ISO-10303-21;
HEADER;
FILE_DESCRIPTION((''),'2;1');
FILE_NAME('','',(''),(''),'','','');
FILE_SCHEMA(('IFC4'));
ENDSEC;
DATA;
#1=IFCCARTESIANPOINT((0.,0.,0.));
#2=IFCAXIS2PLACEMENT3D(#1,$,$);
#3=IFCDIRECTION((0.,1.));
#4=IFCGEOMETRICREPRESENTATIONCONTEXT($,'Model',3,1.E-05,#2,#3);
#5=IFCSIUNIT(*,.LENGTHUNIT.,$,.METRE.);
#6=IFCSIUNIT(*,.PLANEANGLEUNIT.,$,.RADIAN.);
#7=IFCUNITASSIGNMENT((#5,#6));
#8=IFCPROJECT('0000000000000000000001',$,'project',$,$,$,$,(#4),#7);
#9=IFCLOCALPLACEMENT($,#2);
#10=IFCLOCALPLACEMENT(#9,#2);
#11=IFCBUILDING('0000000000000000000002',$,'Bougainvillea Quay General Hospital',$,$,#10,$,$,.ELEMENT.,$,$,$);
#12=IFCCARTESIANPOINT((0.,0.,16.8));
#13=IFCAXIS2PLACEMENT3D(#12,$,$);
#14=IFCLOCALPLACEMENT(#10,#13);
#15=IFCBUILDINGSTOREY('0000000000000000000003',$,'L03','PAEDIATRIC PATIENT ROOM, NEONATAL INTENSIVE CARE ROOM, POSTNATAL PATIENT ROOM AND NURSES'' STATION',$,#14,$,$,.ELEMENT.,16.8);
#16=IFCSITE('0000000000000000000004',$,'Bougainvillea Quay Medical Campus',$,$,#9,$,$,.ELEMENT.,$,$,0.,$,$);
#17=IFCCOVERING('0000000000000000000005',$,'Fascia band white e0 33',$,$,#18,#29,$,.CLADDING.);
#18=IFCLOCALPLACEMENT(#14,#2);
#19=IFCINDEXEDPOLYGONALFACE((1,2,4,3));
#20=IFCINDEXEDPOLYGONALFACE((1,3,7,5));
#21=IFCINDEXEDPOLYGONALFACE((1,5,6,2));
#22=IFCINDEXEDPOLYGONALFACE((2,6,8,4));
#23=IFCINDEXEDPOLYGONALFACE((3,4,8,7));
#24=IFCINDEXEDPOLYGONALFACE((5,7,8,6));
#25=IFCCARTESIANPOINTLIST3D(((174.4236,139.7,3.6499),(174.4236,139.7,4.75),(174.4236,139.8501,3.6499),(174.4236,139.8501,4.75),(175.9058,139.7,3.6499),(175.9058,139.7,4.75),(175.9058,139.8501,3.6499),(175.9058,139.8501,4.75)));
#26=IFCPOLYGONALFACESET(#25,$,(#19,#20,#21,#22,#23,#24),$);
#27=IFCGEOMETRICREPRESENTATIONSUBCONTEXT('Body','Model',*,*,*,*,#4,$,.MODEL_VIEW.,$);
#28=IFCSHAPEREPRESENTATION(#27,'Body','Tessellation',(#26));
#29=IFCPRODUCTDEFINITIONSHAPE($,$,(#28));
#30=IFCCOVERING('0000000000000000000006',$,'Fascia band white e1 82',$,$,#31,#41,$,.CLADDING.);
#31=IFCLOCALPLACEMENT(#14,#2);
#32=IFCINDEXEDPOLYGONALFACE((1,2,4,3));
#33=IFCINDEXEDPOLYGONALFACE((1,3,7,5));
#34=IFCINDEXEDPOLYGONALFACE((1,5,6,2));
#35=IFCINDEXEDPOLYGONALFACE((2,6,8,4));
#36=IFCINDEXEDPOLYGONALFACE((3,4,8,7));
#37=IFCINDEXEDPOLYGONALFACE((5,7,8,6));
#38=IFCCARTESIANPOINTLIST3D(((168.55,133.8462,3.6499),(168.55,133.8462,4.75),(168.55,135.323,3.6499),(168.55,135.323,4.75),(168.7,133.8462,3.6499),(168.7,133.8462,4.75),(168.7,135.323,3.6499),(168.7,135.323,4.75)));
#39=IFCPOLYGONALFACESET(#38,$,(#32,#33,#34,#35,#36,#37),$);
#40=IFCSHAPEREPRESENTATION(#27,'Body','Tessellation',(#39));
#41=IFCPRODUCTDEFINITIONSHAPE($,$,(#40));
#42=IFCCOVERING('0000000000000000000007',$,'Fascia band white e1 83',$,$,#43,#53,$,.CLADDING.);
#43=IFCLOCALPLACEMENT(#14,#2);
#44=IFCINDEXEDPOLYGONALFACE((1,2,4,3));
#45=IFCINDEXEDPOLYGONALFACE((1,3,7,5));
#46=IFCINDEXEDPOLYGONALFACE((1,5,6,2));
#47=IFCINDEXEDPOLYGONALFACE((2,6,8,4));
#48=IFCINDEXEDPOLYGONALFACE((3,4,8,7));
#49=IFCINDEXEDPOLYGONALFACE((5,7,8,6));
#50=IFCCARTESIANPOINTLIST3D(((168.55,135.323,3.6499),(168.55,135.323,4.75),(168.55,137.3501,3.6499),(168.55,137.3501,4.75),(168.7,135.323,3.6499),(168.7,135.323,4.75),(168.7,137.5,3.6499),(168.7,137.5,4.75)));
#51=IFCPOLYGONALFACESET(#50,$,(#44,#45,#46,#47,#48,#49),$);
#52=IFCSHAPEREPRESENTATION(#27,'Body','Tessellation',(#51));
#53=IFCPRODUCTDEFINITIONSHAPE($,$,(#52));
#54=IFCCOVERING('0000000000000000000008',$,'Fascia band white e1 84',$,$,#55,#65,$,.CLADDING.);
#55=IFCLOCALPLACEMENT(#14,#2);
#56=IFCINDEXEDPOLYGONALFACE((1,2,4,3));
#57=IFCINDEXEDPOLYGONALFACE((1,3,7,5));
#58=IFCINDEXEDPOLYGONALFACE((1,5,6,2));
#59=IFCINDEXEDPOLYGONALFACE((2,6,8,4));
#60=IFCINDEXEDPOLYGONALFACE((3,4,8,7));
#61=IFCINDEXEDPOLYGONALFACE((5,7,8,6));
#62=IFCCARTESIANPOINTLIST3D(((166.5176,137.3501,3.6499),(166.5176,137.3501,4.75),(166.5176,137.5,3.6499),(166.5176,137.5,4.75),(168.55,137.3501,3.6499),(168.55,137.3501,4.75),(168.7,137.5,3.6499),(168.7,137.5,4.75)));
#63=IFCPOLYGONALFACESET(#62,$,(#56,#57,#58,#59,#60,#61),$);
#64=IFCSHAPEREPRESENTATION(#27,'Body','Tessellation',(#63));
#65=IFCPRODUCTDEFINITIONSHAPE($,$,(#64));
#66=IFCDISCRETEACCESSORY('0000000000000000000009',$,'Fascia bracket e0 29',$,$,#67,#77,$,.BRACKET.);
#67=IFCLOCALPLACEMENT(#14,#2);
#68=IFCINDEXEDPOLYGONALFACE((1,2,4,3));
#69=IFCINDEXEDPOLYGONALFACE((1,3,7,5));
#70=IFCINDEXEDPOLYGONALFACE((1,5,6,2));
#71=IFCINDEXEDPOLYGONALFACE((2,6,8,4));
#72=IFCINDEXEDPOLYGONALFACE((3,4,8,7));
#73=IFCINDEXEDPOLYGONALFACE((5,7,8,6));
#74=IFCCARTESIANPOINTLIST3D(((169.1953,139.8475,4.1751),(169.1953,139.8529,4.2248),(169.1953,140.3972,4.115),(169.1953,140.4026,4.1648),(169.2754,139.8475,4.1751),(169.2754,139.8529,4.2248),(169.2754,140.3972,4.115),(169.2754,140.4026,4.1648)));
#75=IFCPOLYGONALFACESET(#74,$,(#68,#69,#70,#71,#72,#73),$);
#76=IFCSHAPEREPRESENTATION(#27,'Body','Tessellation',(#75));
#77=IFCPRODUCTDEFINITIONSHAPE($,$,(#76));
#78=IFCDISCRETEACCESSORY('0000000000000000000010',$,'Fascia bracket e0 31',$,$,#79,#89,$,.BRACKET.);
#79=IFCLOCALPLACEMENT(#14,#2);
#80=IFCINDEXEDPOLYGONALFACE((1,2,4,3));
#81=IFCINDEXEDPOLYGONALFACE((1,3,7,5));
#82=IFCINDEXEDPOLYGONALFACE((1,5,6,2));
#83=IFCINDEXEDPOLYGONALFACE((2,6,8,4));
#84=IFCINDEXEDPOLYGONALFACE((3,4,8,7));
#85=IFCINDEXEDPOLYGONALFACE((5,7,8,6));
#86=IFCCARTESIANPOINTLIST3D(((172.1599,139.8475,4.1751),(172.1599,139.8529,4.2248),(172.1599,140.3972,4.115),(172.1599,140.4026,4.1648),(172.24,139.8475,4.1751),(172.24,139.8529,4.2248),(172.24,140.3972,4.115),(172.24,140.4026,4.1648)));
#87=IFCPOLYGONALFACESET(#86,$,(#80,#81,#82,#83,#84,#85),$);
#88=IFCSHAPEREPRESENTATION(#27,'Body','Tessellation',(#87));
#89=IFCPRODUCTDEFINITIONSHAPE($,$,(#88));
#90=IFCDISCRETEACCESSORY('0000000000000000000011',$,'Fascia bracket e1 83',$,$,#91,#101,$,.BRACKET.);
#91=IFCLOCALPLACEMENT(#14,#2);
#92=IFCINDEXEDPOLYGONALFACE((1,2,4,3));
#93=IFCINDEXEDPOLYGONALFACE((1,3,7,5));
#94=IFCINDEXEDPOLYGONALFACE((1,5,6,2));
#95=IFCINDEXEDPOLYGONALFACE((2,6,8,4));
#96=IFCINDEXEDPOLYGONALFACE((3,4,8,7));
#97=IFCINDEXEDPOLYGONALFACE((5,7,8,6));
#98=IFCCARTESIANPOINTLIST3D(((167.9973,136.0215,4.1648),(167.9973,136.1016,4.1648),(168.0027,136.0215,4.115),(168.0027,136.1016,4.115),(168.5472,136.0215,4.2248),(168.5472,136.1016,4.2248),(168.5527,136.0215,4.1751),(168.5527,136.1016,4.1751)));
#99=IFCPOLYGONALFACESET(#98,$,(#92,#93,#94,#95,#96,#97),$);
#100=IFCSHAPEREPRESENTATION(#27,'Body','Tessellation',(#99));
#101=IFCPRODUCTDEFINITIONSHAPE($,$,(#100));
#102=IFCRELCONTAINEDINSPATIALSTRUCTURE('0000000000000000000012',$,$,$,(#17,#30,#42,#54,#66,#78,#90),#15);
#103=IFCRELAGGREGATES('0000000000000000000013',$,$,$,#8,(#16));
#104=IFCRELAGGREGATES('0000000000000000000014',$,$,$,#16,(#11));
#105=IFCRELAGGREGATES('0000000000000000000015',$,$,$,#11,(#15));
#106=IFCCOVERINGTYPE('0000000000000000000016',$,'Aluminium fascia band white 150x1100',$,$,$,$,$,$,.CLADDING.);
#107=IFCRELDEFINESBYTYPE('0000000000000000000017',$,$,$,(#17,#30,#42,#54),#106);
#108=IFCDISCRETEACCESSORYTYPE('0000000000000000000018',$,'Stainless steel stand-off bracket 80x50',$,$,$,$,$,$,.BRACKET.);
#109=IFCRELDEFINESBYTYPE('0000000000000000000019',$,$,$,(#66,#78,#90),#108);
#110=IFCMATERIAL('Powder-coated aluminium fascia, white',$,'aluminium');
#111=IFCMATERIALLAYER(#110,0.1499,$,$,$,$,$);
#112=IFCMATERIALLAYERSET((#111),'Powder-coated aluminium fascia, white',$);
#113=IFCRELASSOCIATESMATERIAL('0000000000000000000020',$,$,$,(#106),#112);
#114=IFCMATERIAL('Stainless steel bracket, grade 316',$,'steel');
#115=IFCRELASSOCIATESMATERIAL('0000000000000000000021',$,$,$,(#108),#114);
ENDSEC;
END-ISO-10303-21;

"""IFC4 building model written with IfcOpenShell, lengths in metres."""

from ifc_helpers import new_model, si_unit, direction, frame, origin, origin_2d, place, context, subcontext, project, spatial, polyline, rectangle, outline, extrude, material, layer, layer_set, material_profile, profile_set, type_object, element, save


model = new_model("IFC4")

# Units and contexts
model_context = context("Model", 3, precision=1e-05, world=origin(), true_north=direction((0.0, 1.0)))
body_context = subcontext(model_context, "Body", "Model", "MODEL_VIEW")
ifc_project = project(units=[si_unit("LENGTHUNIT", "METRE"), si_unit("PLANEANGLEUNIT", "RADIAN")], contexts=[model_context])

# Site, building, storey
site_placement = place(None, origin())
site = spatial("IfcSite", under=ifc_project, at=site_placement, Name="Bougainvillea Quay Medical Campus", CompositionType="ELEMENT", RefElevation=0.0)
building_placement = place(site_placement, origin())
building = spatial("IfcBuilding", under=site, at=building_placement, Name="Bougainvillea Quay General Hospital", CompositionType="ELEMENT")
storey_placement = place(building_placement, frame((0.0, 0.0, 16.8)))
storey = spatial("IfcBuildingStorey", under=building, at=storey_placement, Name="L03", Description="PAEDIATRIC PATIENT ROOM, NEONATAL INTENSIVE CARE ROOM, POSTNATAL PATIENT ROOM AND NURSES' STATION", CompositionType="ELEMENT", Elevation=16.8)

# Coverings
ifc_material_1 = material(Name="Powder-coated aluminium fascia, white", Category="aluminium")
ifc_layer_1 = layer(ifc_material_1, 0.1499)
ifc_layer_set_1 = layer_set([ifc_layer_1], Name="Powder-coated aluminium fascia, white")
covering_type = type_object("IfcCoveringType", Name="Aluminium fascia band white 150x1100", PredefinedType="CLADDING", material=ifc_layer_set_1)
covering_1_placement = place(storey_placement, frame((174.4236, 139.8501, 3.6499), z_axis=(0.0, 0.0, 1.0), x_axis=(1.0, 0.0, 0.0)))
element("IfcCovering", 1, at=covering_1_placement, inside=storey, type_object=covering_type, Name="Fascia band white e0 33", PredefinedType="CLADDING", context=body_context, shape_type="SweptSolid", body=[
    extrude(outline(polyline([(0.0, 0.0), (1.4822, 0.0), (1.4822, -0.1501), (0.0, -0.1501), (0.0, 0.0)])), origin(), (0.0, 0.0, 1.0), 1.1001),
])
covering_2_placement = place(storey_placement, frame((168.55, 133.8462, 3.6499), z_axis=(0.0, 0.0, 1.0), x_axis=(0.0, 1.0, 0.0)))
element("IfcCovering", 2, at=covering_2_placement, inside=storey, type_object=covering_type, Name="Fascia band white e1 82", PredefinedType="CLADDING", context=body_context, shape_type="SweptSolid", body=[
    extrude(outline(polyline([(0.0, 0.0), (1.4768, 0.0), (1.4768, -0.1499), (0.0, -0.1499), (0.0, 0.0)])), origin(), (0.0, 0.0, 1.0), 1.1001),
])
covering_3_placement = place(storey_placement, frame((168.55, 135.323, 3.6499), z_axis=(0.0, 0.0, 1.0), x_axis=(0.0, 1.0, 0.0)))
element("IfcCovering", 3, at=covering_3_placement, inside=storey, type_object=covering_type, Name="Fascia band white e1 83", PredefinedType="CLADDING", context=body_context, shape_type="SweptSolid", body=[
    extrude(outline(polyline([(0.0, 0.0), (2.0271, 0.0), (2.177, -0.1499), (0.0, -0.1499), (0.0, 0.0)])), origin(), (0.0, 0.0, 1.0), 1.1001),
])
covering_4_placement = place(storey_placement, frame((168.55, 137.3501, 3.6499), z_axis=(0.0, 0.0, 1.0), x_axis=(-1.0, 0.0, 0.0)))
element("IfcCovering", 4, at=covering_4_placement, inside=storey, type_object=covering_type, Name="Fascia band white e1 84", PredefinedType="CLADDING", context=body_context, shape_type="SweptSolid", body=[
    extrude(outline(polyline([(0.0, 0.0), (2.0325, 0.0), (2.0325, -0.1499), (-0.1499, -0.1499), (0.0, 0.0)])), origin(), (0.0, 0.0, 1.0), 1.1001),
])

# Discrete accessories
ifc_material_2 = material(Name="Stainless steel bracket, grade 316", Category="steel")
ifc_material_profile_1 = material_profile(ifc_material_2, rectangle(XDim=0.0801, YDim=0.05, at=origin_2d()))
ifc_profile_set_1 = profile_set([ifc_material_profile_1], Name="Stainless steel bracket, grade 316")
discrete_accessory_type = type_object("IfcDiscreteAccessoryType", Name="Stainless steel stand-off bracket 80x50", PredefinedType="BRACKET", material=ifc_profile_set_1)
for number, where, z_axis, x_axis, name in (
    (5, (169.2354, 140.3999, 4.1399), (0.0, -0.994087, 0.10859), (1.0, 0.0, 0.0), "Fascia bracket e0 29"),
    (6, (172.2, 140.3999, 4.1399), (0.0, -0.994087, 0.10859), (1.0, 0.0, 0.0), "Fascia bracket e0 31"),
):
    element("IfcDiscreteAccessory", number, at=place(storey_placement, frame(where, z_axis=z_axis, x_axis=x_axis)), inside=storey, type_object=discrete_accessory_type, Name=name, PredefinedType="BRACKET", context=body_context, shape_type="SweptSolid", body=[
        extrude(rectangle(XDim=0.0801, YDim=0.05, at=origin_2d()), origin(), (0.0, 0.0, 1.0), 0.553),
    ])
discrete_accessory_placement = place(storey_placement, frame((168.0, 136.0615, 4.1399), z_axis=(0.994092, 0.0, 0.108543), x_axis=(0.0, 1.0, 0.0)))
element("IfcDiscreteAccessory", 7, at=discrete_accessory_placement, inside=storey, type_object=discrete_accessory_type, Name="Fascia bracket e1 83", PredefinedType="BRACKET", context=body_context, shape_type="SweptSolid", body=[
    extrude(rectangle(XDim=0.0801, YDim=0.05, at=origin_2d()), origin(), (0.0, 0.0, 1.0), 0.5532),
])

save(model, "model.ifc")
